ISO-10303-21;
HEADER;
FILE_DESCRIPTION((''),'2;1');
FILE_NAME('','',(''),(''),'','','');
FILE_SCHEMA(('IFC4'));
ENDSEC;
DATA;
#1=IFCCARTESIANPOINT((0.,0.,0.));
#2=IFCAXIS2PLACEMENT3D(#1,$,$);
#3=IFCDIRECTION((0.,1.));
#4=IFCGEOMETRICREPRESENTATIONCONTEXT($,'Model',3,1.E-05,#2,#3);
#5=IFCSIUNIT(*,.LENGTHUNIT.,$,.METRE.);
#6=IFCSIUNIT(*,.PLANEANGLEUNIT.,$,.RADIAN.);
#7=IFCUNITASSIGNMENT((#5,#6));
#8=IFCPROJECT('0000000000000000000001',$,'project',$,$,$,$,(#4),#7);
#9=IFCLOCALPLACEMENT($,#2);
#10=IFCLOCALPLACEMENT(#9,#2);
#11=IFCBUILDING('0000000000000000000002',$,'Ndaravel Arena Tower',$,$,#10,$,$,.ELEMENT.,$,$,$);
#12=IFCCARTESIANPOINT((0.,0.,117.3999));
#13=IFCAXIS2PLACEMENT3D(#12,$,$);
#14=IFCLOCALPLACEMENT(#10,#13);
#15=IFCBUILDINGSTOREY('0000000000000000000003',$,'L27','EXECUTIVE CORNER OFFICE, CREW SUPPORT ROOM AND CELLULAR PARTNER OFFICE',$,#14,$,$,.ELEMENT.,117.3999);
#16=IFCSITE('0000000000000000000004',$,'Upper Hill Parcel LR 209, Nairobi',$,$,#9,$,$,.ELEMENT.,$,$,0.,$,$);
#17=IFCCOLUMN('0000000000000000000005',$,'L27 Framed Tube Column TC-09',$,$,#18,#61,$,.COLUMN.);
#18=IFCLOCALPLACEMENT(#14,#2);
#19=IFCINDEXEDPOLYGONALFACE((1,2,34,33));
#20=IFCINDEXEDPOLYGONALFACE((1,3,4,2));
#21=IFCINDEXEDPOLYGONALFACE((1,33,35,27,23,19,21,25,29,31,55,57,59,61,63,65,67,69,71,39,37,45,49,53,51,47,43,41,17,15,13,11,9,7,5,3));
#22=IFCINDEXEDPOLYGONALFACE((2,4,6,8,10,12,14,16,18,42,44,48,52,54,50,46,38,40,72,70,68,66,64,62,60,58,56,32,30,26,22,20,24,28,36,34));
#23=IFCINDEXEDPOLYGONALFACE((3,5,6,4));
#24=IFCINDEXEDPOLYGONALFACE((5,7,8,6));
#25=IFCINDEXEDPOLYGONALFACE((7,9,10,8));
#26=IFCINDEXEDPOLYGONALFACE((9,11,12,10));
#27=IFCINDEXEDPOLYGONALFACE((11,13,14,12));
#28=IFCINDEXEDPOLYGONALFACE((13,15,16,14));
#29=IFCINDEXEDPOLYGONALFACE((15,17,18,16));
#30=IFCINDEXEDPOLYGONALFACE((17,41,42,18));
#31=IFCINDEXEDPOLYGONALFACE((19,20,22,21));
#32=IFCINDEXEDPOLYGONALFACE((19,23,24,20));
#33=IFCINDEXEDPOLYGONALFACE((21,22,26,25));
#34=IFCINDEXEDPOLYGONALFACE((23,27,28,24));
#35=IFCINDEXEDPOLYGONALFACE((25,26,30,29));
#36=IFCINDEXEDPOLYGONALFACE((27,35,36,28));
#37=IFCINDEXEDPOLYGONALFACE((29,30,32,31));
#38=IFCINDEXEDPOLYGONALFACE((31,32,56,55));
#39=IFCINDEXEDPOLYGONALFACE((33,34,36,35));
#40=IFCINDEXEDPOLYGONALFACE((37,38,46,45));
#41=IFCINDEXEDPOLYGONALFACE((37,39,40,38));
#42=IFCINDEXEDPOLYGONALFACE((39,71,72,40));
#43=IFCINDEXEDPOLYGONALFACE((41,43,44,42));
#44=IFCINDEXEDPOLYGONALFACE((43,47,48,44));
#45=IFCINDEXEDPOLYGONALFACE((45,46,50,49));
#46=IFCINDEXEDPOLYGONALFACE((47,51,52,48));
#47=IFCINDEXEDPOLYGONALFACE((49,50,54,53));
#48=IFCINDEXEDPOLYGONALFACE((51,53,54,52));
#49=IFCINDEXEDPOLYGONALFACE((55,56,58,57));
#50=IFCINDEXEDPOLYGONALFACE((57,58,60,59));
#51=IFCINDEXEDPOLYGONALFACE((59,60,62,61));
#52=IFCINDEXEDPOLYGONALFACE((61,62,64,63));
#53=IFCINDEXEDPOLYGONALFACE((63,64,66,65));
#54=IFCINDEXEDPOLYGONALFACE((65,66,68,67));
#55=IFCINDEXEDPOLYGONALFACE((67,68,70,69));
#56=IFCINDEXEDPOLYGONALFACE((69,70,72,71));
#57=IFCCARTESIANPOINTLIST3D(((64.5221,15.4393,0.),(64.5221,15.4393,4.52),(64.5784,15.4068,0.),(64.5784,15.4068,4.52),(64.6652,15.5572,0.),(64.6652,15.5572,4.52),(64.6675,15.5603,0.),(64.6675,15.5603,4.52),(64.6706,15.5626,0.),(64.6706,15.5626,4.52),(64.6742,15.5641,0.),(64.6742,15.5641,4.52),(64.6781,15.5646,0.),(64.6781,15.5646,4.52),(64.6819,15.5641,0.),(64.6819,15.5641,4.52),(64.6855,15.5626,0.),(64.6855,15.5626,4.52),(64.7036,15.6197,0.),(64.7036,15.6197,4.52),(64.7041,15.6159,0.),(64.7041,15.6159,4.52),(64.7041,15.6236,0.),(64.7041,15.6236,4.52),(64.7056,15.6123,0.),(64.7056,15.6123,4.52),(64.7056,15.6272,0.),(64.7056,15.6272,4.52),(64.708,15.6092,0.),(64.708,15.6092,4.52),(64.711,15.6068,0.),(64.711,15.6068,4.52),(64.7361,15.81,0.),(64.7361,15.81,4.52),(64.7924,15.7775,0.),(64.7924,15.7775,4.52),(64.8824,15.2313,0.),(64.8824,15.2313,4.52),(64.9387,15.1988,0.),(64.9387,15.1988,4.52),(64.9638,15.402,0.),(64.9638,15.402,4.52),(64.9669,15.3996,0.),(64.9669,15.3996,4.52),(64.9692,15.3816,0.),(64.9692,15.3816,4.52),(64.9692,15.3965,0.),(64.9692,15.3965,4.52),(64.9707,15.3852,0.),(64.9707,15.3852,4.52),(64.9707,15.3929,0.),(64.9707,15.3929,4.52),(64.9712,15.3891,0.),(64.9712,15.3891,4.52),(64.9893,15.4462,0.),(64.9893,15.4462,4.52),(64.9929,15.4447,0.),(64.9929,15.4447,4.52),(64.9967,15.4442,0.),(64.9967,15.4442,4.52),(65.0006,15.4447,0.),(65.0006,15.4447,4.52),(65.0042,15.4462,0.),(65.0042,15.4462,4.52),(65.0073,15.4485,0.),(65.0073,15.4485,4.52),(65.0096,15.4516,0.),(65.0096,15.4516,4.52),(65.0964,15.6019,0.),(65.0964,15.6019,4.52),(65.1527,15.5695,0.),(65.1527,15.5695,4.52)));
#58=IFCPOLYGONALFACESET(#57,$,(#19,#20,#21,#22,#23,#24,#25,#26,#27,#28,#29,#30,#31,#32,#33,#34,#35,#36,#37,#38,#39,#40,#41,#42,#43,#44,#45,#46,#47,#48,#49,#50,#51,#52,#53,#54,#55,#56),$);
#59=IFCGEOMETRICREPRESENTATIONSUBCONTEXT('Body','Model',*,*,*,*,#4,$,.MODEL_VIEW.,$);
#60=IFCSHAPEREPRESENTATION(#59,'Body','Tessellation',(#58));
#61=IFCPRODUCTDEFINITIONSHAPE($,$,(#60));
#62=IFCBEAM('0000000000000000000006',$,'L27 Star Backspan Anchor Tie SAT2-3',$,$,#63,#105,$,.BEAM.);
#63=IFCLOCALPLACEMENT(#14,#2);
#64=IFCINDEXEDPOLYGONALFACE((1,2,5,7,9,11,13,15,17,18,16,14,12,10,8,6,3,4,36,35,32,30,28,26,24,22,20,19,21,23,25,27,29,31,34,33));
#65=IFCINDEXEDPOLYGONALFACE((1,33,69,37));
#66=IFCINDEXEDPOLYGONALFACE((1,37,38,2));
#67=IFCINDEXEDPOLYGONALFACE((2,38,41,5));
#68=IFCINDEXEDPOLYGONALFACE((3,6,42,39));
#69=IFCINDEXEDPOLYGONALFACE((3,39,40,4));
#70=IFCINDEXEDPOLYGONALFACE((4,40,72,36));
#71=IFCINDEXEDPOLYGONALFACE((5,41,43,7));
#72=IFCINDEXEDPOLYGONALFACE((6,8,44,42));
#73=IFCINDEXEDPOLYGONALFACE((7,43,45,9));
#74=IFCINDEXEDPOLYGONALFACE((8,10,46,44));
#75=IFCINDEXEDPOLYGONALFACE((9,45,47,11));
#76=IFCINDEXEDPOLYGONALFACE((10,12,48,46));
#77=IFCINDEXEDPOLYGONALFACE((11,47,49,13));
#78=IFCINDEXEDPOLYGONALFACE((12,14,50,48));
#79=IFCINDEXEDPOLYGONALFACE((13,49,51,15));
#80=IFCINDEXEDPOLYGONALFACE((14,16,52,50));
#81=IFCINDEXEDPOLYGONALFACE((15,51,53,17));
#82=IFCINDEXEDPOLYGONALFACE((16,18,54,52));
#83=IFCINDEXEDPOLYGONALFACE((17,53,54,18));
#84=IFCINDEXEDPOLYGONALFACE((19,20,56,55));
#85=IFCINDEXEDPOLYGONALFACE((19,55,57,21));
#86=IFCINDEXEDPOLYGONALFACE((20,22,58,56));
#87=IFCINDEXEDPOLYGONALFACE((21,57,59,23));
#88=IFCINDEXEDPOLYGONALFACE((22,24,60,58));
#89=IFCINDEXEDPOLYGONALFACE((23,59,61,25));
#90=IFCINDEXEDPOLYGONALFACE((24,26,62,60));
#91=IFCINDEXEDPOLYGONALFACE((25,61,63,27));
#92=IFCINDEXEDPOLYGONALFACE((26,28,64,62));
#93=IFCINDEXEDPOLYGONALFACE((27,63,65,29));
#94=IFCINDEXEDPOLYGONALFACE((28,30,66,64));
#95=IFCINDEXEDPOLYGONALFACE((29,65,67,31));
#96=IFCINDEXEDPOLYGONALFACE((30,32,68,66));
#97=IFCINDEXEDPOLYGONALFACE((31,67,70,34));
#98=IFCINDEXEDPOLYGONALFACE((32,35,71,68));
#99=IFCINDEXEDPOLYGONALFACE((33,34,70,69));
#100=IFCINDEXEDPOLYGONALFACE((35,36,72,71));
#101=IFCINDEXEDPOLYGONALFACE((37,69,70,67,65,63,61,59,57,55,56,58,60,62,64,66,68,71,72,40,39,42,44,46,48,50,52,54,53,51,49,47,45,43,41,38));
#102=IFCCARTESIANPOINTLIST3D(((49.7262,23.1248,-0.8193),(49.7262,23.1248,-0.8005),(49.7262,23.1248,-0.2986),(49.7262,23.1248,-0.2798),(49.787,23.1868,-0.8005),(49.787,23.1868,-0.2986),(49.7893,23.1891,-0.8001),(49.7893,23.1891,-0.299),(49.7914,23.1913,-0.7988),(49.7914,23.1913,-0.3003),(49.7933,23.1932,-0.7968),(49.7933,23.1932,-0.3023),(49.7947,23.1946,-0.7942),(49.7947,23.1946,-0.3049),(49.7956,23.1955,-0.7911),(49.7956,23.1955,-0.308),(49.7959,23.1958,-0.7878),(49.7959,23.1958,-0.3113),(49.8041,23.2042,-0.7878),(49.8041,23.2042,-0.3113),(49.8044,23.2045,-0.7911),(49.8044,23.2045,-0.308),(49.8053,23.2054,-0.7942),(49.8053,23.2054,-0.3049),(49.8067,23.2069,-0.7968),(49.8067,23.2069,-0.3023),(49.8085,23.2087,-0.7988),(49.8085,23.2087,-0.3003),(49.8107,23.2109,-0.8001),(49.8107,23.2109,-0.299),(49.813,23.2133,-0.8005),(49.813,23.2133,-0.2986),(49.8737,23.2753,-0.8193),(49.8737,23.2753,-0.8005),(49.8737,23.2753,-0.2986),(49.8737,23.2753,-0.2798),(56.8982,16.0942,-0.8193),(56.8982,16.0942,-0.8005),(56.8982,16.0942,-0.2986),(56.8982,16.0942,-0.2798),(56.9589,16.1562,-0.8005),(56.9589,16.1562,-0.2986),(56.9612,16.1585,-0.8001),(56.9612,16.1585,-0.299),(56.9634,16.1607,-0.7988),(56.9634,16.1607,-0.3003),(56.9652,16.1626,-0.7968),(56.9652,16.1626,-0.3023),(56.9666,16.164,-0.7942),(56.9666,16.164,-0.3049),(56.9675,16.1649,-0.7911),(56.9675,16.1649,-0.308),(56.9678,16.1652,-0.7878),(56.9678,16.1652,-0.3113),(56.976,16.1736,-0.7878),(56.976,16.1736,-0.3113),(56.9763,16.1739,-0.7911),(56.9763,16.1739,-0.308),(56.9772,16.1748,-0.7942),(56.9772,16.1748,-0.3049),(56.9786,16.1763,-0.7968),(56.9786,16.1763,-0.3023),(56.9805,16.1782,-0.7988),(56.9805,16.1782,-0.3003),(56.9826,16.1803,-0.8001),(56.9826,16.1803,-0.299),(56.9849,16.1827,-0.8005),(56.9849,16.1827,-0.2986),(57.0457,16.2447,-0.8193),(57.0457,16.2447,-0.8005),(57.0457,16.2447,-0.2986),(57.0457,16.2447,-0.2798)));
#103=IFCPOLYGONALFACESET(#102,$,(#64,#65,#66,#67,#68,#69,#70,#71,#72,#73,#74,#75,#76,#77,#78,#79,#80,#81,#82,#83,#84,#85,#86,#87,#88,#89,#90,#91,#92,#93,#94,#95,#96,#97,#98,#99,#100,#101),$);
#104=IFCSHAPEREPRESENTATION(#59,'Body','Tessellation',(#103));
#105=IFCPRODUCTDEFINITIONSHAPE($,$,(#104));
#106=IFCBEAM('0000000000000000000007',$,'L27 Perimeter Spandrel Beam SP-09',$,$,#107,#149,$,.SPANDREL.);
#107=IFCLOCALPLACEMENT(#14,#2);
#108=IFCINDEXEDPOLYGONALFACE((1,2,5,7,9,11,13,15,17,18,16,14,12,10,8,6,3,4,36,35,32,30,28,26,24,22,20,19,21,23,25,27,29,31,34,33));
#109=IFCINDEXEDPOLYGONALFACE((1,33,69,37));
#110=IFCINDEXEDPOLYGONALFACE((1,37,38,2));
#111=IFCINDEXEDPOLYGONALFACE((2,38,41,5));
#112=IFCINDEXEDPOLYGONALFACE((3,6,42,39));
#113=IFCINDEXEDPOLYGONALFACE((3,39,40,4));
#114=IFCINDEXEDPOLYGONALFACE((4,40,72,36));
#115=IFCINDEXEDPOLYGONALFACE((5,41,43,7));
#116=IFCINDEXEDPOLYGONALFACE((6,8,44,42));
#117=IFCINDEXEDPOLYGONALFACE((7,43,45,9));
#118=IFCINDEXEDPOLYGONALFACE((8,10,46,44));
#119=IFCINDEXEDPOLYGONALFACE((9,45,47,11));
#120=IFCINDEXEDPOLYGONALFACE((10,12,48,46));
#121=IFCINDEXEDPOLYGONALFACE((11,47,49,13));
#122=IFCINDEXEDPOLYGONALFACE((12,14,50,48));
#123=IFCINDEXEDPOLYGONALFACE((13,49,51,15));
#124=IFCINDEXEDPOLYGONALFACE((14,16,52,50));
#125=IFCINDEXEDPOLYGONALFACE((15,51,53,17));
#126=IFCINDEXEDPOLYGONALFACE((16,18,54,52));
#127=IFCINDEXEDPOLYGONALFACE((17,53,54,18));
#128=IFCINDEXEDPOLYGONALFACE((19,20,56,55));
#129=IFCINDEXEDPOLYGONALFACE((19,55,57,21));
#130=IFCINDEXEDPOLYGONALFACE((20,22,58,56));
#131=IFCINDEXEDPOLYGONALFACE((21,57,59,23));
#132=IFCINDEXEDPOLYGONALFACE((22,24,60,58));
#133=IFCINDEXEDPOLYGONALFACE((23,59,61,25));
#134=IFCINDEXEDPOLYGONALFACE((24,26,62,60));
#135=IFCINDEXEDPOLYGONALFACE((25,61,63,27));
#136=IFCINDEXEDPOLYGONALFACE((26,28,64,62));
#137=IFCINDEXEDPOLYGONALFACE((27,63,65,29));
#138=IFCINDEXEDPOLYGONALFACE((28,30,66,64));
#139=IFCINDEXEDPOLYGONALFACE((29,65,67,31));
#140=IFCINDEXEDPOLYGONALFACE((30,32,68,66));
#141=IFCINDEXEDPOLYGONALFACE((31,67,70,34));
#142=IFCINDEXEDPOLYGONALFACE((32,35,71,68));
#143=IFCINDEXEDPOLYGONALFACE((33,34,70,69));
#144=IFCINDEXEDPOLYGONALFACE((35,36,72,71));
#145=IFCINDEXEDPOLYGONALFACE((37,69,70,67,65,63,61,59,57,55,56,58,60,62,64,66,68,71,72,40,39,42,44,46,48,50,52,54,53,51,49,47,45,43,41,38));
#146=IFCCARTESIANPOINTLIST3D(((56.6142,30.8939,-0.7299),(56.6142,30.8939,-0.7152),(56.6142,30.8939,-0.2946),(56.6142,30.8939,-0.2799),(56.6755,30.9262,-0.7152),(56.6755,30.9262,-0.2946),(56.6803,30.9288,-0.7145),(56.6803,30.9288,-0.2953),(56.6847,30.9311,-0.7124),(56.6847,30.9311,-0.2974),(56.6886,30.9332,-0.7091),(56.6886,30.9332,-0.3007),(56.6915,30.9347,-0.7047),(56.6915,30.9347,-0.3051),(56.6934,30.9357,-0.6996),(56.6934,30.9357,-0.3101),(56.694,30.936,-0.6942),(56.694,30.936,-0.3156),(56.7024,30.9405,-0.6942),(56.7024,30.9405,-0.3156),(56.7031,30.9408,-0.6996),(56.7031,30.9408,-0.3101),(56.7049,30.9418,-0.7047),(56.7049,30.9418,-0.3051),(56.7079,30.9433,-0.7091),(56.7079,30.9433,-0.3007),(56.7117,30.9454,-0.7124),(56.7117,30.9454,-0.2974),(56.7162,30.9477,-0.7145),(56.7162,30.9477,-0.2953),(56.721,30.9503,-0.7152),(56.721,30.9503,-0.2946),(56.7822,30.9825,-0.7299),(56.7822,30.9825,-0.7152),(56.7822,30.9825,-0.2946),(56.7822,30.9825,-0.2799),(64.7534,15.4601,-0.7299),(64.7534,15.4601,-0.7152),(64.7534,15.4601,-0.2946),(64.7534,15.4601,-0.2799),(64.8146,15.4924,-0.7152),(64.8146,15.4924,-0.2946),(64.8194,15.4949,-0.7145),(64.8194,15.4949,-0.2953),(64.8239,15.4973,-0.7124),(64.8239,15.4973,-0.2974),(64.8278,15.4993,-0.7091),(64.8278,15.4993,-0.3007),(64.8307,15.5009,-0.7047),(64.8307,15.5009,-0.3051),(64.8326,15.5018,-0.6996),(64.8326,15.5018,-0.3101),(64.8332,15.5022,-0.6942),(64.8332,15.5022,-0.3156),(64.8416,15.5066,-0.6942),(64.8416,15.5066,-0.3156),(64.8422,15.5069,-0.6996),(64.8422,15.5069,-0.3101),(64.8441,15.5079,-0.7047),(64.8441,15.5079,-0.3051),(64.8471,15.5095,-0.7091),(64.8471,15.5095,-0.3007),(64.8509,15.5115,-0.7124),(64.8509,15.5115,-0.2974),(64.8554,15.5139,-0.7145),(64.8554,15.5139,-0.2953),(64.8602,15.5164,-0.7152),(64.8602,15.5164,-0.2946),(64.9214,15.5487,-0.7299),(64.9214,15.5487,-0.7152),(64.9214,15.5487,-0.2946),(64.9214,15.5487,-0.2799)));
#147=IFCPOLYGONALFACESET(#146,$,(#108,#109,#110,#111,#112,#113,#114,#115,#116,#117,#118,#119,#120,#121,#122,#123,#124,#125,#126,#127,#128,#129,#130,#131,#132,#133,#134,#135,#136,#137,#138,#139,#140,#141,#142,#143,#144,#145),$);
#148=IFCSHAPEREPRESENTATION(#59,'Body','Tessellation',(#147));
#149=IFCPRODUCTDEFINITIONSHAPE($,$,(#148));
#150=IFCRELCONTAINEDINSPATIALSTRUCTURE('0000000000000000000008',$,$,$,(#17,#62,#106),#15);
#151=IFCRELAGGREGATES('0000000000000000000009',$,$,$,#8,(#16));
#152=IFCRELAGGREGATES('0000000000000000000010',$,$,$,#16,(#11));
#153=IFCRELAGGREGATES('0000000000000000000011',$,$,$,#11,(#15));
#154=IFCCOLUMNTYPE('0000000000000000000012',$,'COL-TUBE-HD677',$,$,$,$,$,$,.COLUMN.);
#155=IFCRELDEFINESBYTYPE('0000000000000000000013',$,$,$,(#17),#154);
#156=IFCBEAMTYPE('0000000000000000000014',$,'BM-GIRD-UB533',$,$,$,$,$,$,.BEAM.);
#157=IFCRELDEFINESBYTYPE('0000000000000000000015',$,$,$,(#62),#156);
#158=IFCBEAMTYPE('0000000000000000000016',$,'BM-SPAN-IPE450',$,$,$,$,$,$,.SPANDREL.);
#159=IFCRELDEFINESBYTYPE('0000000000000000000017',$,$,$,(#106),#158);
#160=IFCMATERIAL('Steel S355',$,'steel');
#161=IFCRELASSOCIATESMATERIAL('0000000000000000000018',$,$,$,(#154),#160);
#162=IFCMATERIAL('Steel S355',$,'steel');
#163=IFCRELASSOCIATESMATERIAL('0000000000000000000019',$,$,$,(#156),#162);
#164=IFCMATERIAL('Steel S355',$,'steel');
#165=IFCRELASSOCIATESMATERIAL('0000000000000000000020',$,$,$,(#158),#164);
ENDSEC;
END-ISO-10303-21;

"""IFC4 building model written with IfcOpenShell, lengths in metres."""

from ifc_helpers import new_model, si_unit, direction, frame, origin, origin_2d, place, context, subcontext, project, spatial, i_section, extrude, material, material_profile, profile_set, type_object, element, save


model = new_model("IFC4")

# Units and contexts
model_context = context("Model", 3, precision=1e-05, world=origin(), true_north=direction((0.0, 1.0)))
body_context = subcontext(model_context, "Body", "Model", "MODEL_VIEW")
ifc_project = project(units=[si_unit("LENGTHUNIT", "METRE"), si_unit("PLANEANGLEUNIT", "RADIAN")], contexts=[model_context])

# Site, building, storey
site_placement = place(None, origin())
site = spatial("IfcSite", under=ifc_project, at=site_placement, Name="Upper Hill Parcel LR 209, Nairobi", CompositionType="ELEMENT", RefElevation=0.0)
building_placement = place(site_placement, origin())
building = spatial("IfcBuilding", under=site, at=building_placement, Name="Ndaravel Arena Tower", CompositionType="ELEMENT")
storey_placement = place(building_placement, frame((0.0, 0.0, 117.3999)))
storey = spatial("IfcBuildingStorey", under=building, at=storey_placement, Name="L27", Description="EXECUTIVE CORNER OFFICE, CREW SUPPORT ROOM AND CELLULAR PARTNER OFFICE", CompositionType="ELEMENT", Elevation=117.3999)

# Column
ifc_material_1 = material(Name="Steel S355", Category="steel")
ifc_material_profile_1 = material_profile(ifc_material_1, i_section(OverallWidth=0.428, OverallDepth=0.481, WebThickness=0.051, FlangeThickness=0.0649, FilletRadius=0.0149, at=origin_2d()), Name="HD 400x677")
ifc_profile_set_1 = profile_set([ifc_material_profile_1], Name="Steel S355")
column_type = type_object("IfcColumnType", Name="COL-TUBE-HD677", PredefinedType="COLUMN", material=ifc_profile_set_1)
column_placement = place(storey_placement, frame((64.8374, 15.5044, 0.0), z_axis=(0.0, 0.0, 1.0), x_axis=(0.5, 0.866025, 0.0)))
element("IfcColumn", 1, at=column_placement, inside=storey, type_object=column_type, Name="L27 Framed Tube Column TC-09", PredefinedType="COLUMN", context=body_context, shape_type="SweptSolid", body=[
    extrude(i_section(OverallWidth=0.428, OverallDepth=0.481, WebThickness=0.051, FlangeThickness=0.0649, FilletRadius=0.0149, at=origin_2d()), origin(), (0.0, 0.0, 1.0), 4.52),
])

# Beams
ifc_material_2 = material(Name="Steel S355", Category="steel")
ifc_material_profile_2 = material_profile(ifc_material_2, i_section(OverallWidth=0.2107, OverallDepth=0.5396, WebThickness=0.0117, FlangeThickness=0.0188, FilletRadius=0.0127, at=origin_2d()), Name="UB 533x210x109")
ifc_profile_set_2 = profile_set([ifc_material_profile_2], Name="Steel S355")
beam_type_1 = type_object("IfcBeamType", Name="BM-GIRD-UB533", PredefinedType="BEAM", material=ifc_profile_set_2)
beam_1_placement = place(storey_placement, frame((56.9719, 16.1694, -0.5496), z_axis=(-0.714109, 0.700034, 0.0), x_axis=(-0.700034, -0.714109, 0.0)))
element("IfcBeam", 2, at=beam_1_placement, inside=storey, type_object=beam_type_1, Name="L27 Star Backspan Anchor Tie SAT2-3", PredefinedType="BEAM", context=body_context, shape_type="SweptSolid", body=[
    extrude(i_section(OverallWidth=0.2107, OverallDepth=0.5396, WebThickness=0.0117, FlangeThickness=0.0188, FilletRadius=0.0127, at=origin_2d()), origin(), (0.0, 0.0, 1.0), 10.0432),
])
ifc_material_3 = material(Name="Steel S355", Category="steel")
ifc_material_profile_3 = material_profile(ifc_material_3, i_section(OverallWidth=0.1899, OverallDepth=0.45, WebThickness=0.0095, FlangeThickness=0.0146, FilletRadius=0.021, at=origin_2d()), Name="IPE 450")
ifc_profile_set_3 = profile_set([ifc_material_profile_3], Name="Steel S355")
beam_type_2 = type_object("IfcBeamType", Name="BM-SPAN-IPE450", PredefinedType="SPANDREL", material=ifc_profile_set_3)
beam_2_placement = place(storey_placement, frame((64.8374, 15.5044, -0.5049), z_axis=(-0.466468, 0.884538, 0.0), x_axis=(-0.884538, -0.466468, 0.0)))
element("IfcBeam", 3, at=beam_2_placement, inside=storey, type_object=beam_type_2, Name="L27 Perimeter Spandrel Beam SP-09", PredefinedType="SPANDREL", context=body_context, shape_type="SweptSolid", body=[
    extrude(i_section(OverallWidth=0.1899, OverallDepth=0.45, WebThickness=0.0095, FlangeThickness=0.0146, FilletRadius=0.021, at=origin_2d()), origin(), (0.0, 0.0, 1.0), 17.4485),
])

save(model, "model.ifc")
